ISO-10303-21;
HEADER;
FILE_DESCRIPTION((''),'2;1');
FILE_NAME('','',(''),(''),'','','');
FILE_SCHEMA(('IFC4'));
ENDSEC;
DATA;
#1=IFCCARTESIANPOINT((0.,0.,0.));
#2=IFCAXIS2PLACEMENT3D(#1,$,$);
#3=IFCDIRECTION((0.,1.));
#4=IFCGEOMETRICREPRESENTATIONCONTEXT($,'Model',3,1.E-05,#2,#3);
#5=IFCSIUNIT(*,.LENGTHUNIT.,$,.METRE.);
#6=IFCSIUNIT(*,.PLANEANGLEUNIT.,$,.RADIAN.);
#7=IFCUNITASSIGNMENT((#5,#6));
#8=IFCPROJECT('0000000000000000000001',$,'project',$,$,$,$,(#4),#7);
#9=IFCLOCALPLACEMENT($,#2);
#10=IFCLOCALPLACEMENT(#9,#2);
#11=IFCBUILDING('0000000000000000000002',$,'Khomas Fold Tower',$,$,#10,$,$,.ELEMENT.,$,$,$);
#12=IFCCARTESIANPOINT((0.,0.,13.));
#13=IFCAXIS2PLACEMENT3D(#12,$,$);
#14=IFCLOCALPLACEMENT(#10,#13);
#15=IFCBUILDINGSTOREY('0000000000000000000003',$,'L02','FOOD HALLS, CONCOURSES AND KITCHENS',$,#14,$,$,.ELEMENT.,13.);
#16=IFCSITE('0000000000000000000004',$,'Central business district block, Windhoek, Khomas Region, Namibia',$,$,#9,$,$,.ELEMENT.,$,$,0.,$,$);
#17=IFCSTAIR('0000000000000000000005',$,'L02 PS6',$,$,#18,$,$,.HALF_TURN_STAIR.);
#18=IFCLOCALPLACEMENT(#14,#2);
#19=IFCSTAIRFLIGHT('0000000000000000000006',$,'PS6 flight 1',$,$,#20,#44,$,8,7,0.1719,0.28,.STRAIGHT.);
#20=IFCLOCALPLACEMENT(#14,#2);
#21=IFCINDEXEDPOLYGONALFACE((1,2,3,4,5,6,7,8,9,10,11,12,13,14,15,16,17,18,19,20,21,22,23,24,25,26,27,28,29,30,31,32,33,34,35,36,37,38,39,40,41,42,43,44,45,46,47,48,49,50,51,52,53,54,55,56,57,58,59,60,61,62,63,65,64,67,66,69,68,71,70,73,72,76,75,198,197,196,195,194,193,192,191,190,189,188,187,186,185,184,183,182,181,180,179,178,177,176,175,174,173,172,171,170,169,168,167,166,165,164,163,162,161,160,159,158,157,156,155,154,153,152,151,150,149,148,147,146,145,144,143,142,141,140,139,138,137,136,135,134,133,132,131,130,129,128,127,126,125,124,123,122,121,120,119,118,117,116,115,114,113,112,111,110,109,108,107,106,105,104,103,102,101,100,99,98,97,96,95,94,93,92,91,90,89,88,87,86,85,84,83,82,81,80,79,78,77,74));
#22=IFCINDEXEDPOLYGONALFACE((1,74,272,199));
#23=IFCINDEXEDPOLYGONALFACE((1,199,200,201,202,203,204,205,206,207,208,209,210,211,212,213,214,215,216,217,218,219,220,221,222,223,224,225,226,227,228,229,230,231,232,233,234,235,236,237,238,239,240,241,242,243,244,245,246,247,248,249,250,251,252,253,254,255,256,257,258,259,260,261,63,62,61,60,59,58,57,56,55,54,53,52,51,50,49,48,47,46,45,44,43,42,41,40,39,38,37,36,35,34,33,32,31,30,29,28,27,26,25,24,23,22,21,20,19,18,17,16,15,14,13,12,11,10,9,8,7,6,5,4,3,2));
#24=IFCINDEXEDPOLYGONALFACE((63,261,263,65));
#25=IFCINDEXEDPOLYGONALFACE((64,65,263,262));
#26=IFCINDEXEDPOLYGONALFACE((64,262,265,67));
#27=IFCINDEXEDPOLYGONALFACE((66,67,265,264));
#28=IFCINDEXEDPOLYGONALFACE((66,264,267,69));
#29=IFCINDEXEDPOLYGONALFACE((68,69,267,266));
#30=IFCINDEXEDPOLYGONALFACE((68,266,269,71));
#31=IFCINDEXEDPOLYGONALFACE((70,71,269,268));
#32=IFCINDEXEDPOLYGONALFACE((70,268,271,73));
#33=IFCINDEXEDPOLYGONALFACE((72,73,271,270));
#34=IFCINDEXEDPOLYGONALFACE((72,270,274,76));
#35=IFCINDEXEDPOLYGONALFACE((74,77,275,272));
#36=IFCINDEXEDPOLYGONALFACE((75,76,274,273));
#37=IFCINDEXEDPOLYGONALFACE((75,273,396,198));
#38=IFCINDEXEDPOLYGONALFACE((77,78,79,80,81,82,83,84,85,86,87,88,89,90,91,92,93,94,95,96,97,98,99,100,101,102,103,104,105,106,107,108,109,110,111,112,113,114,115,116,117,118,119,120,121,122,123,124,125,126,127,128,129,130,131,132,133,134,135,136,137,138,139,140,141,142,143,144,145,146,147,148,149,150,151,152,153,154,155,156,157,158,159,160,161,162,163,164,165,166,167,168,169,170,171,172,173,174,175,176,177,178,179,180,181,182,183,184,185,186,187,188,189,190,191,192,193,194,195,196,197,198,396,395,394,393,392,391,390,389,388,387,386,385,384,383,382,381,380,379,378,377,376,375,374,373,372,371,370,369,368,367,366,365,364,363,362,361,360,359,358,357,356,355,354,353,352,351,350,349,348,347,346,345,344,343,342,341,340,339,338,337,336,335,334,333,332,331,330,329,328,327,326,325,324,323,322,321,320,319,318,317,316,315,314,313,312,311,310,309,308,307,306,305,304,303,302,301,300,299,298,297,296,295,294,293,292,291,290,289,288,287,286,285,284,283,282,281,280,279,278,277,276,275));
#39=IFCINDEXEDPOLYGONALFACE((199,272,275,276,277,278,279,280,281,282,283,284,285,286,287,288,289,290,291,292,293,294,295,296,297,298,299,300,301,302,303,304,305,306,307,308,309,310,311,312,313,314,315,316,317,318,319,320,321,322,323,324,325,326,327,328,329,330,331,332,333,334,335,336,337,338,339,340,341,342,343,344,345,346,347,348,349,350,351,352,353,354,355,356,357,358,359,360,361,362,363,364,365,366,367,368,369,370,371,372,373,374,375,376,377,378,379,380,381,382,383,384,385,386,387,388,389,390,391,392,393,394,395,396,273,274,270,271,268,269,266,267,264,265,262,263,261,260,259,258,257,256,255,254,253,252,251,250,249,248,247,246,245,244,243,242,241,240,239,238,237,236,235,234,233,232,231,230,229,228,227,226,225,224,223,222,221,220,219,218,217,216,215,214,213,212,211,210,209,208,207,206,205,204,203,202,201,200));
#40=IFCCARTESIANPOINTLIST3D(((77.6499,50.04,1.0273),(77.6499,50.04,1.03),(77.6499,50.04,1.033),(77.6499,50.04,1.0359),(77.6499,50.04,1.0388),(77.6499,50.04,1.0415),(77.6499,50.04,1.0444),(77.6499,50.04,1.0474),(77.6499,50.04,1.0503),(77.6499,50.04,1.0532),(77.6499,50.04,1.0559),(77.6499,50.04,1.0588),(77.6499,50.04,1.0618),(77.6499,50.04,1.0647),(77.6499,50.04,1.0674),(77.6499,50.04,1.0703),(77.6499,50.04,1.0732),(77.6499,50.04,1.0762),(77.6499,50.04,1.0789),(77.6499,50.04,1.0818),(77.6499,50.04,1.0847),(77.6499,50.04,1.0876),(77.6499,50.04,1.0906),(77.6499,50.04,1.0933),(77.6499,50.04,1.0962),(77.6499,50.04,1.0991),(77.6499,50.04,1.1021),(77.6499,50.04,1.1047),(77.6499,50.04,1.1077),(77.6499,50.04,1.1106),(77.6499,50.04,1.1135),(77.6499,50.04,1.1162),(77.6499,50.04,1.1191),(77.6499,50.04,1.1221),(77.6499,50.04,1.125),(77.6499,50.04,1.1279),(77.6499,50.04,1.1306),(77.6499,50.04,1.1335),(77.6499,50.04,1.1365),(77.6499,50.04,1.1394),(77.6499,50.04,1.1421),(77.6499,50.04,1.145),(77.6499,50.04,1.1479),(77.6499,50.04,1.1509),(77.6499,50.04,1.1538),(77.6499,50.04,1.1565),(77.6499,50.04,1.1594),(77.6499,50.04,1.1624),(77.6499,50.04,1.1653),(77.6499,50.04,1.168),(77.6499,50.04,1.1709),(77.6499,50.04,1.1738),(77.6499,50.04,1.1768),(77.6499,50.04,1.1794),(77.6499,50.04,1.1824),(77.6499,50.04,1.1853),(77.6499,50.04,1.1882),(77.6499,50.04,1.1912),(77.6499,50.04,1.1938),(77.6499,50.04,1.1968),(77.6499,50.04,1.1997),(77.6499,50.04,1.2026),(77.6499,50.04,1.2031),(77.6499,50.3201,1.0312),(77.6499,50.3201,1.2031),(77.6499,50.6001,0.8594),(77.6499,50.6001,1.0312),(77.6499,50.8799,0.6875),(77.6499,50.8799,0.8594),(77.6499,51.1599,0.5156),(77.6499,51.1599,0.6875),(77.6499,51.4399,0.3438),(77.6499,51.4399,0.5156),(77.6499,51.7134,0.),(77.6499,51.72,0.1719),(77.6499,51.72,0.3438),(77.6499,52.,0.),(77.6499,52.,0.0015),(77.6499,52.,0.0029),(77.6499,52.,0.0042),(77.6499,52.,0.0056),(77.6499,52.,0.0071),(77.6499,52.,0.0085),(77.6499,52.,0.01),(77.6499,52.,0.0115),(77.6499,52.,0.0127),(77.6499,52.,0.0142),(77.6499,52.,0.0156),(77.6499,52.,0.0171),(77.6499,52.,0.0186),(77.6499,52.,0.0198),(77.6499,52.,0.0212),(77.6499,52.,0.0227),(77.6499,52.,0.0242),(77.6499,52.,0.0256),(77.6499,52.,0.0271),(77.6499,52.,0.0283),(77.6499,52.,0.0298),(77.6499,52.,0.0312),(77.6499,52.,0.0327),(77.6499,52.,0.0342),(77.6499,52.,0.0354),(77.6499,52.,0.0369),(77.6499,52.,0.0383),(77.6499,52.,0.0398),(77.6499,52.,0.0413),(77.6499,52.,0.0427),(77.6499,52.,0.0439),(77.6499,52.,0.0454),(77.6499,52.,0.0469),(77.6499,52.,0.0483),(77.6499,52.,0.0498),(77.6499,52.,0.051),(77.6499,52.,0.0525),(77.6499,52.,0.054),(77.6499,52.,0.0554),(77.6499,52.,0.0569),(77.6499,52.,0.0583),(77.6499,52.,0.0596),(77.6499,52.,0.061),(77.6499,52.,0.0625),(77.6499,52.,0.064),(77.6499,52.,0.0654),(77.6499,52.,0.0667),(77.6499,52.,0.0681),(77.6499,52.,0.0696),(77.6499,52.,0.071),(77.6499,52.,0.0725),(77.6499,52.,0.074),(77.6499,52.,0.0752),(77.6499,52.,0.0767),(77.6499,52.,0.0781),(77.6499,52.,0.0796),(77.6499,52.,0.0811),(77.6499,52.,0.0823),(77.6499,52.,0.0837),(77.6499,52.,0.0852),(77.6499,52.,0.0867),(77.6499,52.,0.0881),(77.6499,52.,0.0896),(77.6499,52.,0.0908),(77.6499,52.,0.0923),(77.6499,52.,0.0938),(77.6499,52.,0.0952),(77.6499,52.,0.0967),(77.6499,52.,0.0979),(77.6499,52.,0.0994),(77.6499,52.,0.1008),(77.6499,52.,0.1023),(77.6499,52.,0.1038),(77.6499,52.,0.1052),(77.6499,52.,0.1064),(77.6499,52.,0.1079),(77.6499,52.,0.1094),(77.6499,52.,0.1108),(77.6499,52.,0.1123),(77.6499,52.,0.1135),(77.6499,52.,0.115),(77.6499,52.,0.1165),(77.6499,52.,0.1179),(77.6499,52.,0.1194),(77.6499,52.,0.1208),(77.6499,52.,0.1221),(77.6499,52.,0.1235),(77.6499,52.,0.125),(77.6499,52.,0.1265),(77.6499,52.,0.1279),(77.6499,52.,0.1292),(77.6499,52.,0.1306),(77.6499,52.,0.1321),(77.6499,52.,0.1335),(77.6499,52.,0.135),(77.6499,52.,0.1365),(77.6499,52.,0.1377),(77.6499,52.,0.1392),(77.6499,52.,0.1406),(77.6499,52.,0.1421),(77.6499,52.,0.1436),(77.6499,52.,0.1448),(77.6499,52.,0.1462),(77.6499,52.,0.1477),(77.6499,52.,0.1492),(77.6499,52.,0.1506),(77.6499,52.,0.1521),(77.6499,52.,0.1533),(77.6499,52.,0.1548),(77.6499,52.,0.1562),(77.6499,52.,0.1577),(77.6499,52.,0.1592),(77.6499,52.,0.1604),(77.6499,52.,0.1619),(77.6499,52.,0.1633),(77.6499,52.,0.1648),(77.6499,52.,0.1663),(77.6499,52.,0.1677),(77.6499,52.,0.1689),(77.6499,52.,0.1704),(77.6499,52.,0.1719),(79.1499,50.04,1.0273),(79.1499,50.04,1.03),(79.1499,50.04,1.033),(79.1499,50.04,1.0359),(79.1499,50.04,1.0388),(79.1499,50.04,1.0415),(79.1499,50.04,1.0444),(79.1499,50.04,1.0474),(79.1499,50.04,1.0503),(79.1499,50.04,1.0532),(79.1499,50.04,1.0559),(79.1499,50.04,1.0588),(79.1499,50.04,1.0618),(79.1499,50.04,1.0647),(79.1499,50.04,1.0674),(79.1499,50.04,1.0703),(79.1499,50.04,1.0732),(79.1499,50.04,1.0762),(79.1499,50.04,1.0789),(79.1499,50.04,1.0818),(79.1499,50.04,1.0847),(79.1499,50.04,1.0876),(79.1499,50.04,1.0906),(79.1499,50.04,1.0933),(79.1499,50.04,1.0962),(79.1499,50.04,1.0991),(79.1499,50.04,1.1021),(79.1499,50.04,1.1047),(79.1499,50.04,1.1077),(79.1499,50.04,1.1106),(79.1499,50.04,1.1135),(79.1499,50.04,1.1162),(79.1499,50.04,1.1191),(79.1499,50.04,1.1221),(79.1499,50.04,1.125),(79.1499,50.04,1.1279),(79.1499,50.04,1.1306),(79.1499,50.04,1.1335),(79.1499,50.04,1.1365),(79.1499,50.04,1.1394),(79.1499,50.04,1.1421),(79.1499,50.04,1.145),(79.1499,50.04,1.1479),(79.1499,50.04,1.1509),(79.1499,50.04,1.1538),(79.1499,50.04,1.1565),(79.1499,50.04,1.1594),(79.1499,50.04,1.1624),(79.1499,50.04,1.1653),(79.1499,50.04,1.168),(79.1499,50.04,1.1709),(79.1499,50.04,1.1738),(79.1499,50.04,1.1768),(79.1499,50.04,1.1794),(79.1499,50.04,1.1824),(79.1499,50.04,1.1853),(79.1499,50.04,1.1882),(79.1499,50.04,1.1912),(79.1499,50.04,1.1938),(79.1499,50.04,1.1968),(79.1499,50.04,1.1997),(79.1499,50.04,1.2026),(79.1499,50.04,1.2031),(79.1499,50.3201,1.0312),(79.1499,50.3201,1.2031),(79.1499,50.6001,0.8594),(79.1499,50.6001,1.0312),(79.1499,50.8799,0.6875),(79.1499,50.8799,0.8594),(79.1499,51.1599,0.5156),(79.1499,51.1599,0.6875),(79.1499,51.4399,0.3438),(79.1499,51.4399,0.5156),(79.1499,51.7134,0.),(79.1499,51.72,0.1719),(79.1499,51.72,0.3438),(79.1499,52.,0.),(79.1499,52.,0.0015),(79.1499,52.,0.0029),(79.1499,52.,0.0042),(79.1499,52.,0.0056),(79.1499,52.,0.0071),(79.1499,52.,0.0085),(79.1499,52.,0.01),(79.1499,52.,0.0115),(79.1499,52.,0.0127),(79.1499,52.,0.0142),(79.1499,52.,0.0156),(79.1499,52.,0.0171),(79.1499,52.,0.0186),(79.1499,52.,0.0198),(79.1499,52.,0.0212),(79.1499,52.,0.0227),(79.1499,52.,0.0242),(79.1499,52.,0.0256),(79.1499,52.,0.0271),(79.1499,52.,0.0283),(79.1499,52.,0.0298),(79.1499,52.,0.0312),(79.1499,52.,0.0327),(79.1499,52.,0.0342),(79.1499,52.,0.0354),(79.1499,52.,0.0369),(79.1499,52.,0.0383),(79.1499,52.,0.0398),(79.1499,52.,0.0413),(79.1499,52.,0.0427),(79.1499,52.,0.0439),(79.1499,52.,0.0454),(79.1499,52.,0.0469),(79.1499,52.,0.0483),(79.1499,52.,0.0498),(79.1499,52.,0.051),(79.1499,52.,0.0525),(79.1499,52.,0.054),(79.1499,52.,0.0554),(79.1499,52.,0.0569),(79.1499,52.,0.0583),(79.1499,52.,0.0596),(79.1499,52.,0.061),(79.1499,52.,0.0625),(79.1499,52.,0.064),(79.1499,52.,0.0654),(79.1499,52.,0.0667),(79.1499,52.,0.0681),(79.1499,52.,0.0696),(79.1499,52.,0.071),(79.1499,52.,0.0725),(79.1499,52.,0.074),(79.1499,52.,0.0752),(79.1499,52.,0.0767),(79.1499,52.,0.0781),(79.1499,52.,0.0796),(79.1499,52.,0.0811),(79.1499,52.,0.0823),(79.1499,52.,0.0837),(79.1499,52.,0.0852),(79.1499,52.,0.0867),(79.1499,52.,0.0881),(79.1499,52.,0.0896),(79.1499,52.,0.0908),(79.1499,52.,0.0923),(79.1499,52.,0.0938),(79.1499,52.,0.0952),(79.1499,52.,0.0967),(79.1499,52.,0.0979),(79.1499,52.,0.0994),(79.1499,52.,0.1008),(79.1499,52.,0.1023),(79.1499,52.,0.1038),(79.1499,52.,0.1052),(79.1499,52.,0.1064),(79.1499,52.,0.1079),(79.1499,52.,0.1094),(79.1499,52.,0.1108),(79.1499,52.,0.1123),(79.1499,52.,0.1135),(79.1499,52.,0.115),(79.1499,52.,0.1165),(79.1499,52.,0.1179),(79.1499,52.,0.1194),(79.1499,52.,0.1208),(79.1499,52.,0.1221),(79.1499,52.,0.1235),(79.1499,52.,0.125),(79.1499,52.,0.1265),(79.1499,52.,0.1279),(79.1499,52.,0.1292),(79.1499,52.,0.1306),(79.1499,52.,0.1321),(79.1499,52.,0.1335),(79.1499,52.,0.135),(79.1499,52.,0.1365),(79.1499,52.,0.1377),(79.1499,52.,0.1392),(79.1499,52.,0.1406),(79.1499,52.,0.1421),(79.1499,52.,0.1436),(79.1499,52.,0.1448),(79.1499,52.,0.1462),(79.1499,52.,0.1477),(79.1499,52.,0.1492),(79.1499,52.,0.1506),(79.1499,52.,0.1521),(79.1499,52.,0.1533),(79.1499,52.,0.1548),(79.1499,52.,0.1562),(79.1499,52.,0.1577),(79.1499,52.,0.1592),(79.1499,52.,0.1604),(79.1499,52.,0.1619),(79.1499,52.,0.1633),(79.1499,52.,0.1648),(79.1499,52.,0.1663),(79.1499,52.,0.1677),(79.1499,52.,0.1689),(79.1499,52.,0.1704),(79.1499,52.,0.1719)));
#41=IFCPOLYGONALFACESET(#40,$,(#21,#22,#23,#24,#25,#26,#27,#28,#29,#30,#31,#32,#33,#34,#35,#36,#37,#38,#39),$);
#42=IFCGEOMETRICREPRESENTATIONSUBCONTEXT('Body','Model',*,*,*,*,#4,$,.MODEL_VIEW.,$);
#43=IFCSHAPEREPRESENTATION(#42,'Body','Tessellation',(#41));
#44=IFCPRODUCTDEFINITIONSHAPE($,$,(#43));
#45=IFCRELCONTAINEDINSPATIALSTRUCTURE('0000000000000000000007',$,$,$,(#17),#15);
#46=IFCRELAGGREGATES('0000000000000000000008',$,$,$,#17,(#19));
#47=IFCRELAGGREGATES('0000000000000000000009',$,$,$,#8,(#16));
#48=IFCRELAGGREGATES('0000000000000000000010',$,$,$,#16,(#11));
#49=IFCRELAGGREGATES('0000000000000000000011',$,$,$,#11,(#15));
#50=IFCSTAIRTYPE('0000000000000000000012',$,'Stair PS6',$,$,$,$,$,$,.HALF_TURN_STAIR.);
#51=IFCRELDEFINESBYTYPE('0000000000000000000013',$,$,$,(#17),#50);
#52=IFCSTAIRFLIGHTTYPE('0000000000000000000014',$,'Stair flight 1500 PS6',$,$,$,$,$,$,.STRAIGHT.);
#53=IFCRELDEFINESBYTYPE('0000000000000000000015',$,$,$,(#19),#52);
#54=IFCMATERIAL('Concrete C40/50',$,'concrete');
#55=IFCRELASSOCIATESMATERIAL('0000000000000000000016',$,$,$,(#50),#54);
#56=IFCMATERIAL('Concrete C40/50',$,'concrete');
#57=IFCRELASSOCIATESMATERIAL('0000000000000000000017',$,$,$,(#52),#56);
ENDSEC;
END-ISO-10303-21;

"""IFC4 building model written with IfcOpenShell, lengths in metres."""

from ifc_helpers import new_model, si_unit, direction, frame, origin, place, context, subcontext, project, spatial, polyline, outline, extrude, source, transform, mapped, material, type_object, element, aggregate, save


model = new_model("IFC4")

# Units and contexts
model_context = context("Model", 3, precision=1e-05, world=origin(), true_north=direction((0.0, 1.0)))
body_context = subcontext(model_context, "Body", "Model", "MODEL_VIEW")
ifc_project = project(units=[si_unit("LENGTHUNIT", "METRE"), si_unit("PLANEANGLEUNIT", "RADIAN")], contexts=[model_context])

# Site, building, storey
site_placement = place(None, origin())
site = spatial("IfcSite", under=ifc_project, at=site_placement, Name="Central business district block, Windhoek, Khomas Region, Namibia", CompositionType="ELEMENT", RefElevation=0.0)
building_placement = place(site_placement, origin())
building = spatial("IfcBuilding", under=site, at=building_placement, Name="Khomas Fold Tower", CompositionType="ELEMENT")
storey_placement = place(building_placement, frame((0.0, 0.0, 13.0)))
storey = spatial("IfcBuildingStorey", under=building, at=storey_placement, Name="L02", Description="FOOD HALLS, CONCOURSES AND KITCHENS", CompositionType="ELEMENT", Elevation=13.0)

# Stair, stair flight
shared_shape_1 = source(origin(), body_context, "Body", "SweptSolid", [
    extrude(outline(polyline([(0.0, 0.0), (0.0, 0.0015), (0.0, 0.0029), (0.0, 0.0042), (0.0, 0.0056), (0.0, 0.0071), (0.0, 0.0085), (0.0, 0.01), (0.0, 0.0115), (0.0, 0.0127), (0.0, 0.0142), (0.0, 0.0156), (0.0, 0.0171), (0.0, 0.0186), (0.0, 0.0198), (0.0, 0.0212), (0.0, 0.0227), (0.0, 0.0242), (0.0, 0.0256), (0.0, 0.0271), (0.0, 0.0283), (0.0, 0.0298), (0.0, 0.0312), (0.0, 0.0327), (0.0, 0.0342), (0.0, 0.0354), (0.0, 0.0369), (0.0, 0.0383), (0.0, 0.0398), (0.0, 0.0413), (0.0, 0.0427), (0.0, 0.0439), (0.0, 0.0454), (0.0, 0.0469), (0.0, 0.0483), (0.0, 0.0498), (0.0, 0.051), (0.0, 0.0525), (0.0, 0.054), (0.0, 0.0554), (0.0, 0.0569), (0.0, 0.0583), (0.0, 0.0596), (0.0, 0.061), (0.0, 0.0625), (0.0, 0.064), (0.0, 0.0654), (0.0, 0.0667), (0.0, 0.0681), (0.0, 0.0696), (0.0, 0.071), (0.0, 0.0725), (0.0, 0.074), (0.0, 0.0752), (0.0, 0.0767), (0.0, 0.0781), (0.0, 0.0796), (0.0, 0.0811), (0.0, 0.0823), (0.0, 0.0837), (0.0, 0.0852), (0.0, 0.0867), (0.0, 0.0881), (0.0, 0.0896), (0.0, 0.0908), (0.0, 0.0923), (0.0, 0.0938), (0.0, 0.0952), (0.0, 0.0967), (0.0, 0.0979), (0.0, 0.0994), (0.0, 0.1008), (0.0, 0.1023), (0.0, 0.1038), (0.0, 0.1052), (0.0, 0.1064), (0.0, 0.1079), (0.0, 0.1094), (0.0, 0.1108), (0.0, 0.1123), (0.0, 0.1135), (0.0, 0.115), (0.0, 0.1165), (0.0, 0.1179), (0.0, 0.1194), (0.0, 0.1208), (0.0, 0.1221), (0.0, 0.1235), (0.0, 0.125), (0.0, 0.1265), (0.0, 0.1279), (0.0, 0.1292), (0.0, 0.1306), (0.0, 0.1321), (0.0, 0.1335), (0.0, 0.135), (0.0, 0.1365), (0.0, 0.1377), (0.0, 0.1392), (0.0, 0.1406), (0.0, 0.1421), (0.0, 0.1436), (0.0, 0.1448), (0.0, 0.1462), (0.0, 0.1477), (0.0, 0.1492), (0.0, 0.1506), (0.0, 0.1521), (0.0, 0.1533), (0.0, 0.1548), (0.0, 0.1562), (0.0, 0.1577), (0.0, 0.1592), (0.0, 0.1604), (0.0, 0.1619), (0.0, 0.1633), (0.0, 0.1648), (0.0, 0.1663), (0.0, 0.1677), (0.0, 0.1689), (0.0, 0.1704), (0.0, 0.1719), (0.28, 0.1719), (0.28, 0.3438), (0.5601, 0.3438), (0.5601, 0.5156), (0.8401, 0.5156), (0.8401, 0.6875), (1.1201, 0.6875), (1.1201, 0.8594), (1.3999, 0.8594), (1.3999, 1.0312), (1.6799, 1.0312), (1.6799, 1.2031), (1.96, 1.2031), (1.96, 1.375), (1.96, 1.3721), (1.96, 1.3691), (1.96, 1.3665), (1.96, 1.3635), (1.96, 1.3606), (1.96, 1.3577), (1.96, 1.355), (1.96, 1.3521), (1.96, 1.3491), (1.96, 1.3462), (1.96, 1.3435), (1.96, 1.3406), (1.96, 1.3376), (1.96, 1.3347), (1.96, 1.3318), (1.96, 1.3291), (1.96, 1.3262), (1.96, 1.3232), (1.96, 1.3203), (1.96, 1.3176), (1.96, 1.3147), (1.96, 1.3118), (1.96, 1.3088), (1.96, 1.3059), (1.96, 1.3032), (1.96, 1.3003), (1.96, 1.2974), (1.96, 1.2944), (1.96, 1.2917), (1.96, 1.2888), (1.96, 1.2859), (1.96, 1.283), (1.96, 1.2803), (1.96, 1.2773), (1.96, 1.2744), (1.96, 1.2715), (1.96, 1.2686), (1.96, 1.2659), (1.96, 1.2629), (1.96, 1.26), (1.96, 1.2571), (1.96, 1.2544), (1.96, 1.2515), (1.96, 1.2485), (1.96, 1.2456), (1.96, 1.2427), (1.96, 1.24), (1.96, 1.2371), (1.96, 1.2341), (1.96, 1.2312), (1.96, 1.2285), (1.96, 1.2256), (1.96, 1.2227), (1.96, 1.2197), (1.96, 1.217), (1.96, 1.2141), (1.96, 1.2112), (1.96, 1.2083), (1.96, 1.2053), (1.96, 1.2026), (1.96, 1.1997), (1.96, 1.1968), (1.96, 1.1938), (1.96, 1.1912), (1.96, 1.1882), (1.96, 1.1853), (1.96, 1.1824), (1.96, 1.1794), (1.96, 1.1768), (1.96, 1.1738), (1.96, 1.1709), (1.96, 1.168), (1.96, 1.1653), (1.96, 1.1624), (1.96, 1.1594), (1.96, 1.1565), (1.96, 1.1538), (1.96, 1.1509), (1.96, 1.1479), (1.96, 1.145), (1.96, 1.1421), (1.96, 1.1394), (1.96, 1.1365), (1.96, 1.1335), (1.96, 1.1306), (1.96, 1.1279), (1.96, 1.125), (1.96, 1.1221), (1.96, 1.1191), (1.96, 1.1162), (1.96, 1.1135), (1.96, 1.1106), (1.96, 1.1077), (1.96, 1.1047), (1.96, 1.1021), (1.96, 1.0991), (1.96, 1.0962), (1.96, 1.0933), (1.96, 1.0906), (1.96, 1.0876), (1.96, 1.0847), (1.96, 1.0818), (1.96, 1.0789), (1.96, 1.0762), (1.96, 1.0732), (1.96, 1.0703), (1.96, 1.0674), (1.96, 1.0647), (1.96, 1.0618), (1.96, 1.0588), (1.96, 1.0559), (1.96, 1.0532), (1.96, 1.0503), (1.96, 1.0474), (1.96, 1.0444), (1.96, 1.0415), (1.96, 1.0388), (1.96, 1.0359), (1.96, 1.033), (1.96, 1.03), (1.96, 1.0273), (0.2866, 0.0), (0.0, 0.0)])), frame((0.0, 0.75, 0.0), z_axis=(0.0, -1.0, 0.0), x_axis=(1.0, 0.0, 0.0)), (0.0, 0.0, 1.0), 1.5),
])
ifc_material_1 = material(Name="Concrete C40/50", Category="concrete")
stair_type_1 = type_object("IfcStairType", Name="Stair PS6", PredefinedType="HALF_TURN_STAIR", material=ifc_material_1)
stair_1_placement = place(storey_placement, origin())
stair_1 = element("IfcStair", 1, at=stair_1_placement, inside=storey, type_object=stair_type_1, Name="L02 PS6", PredefinedType="HALF_TURN_STAIR")
ifc_material_2 = material(Name="Concrete C40/50", Category="concrete")
stair_flight_type_1 = type_object("IfcStairFlightType", Name="Stair flight 1500 PS6", PredefinedType="STRAIGHT", material=ifc_material_2)
stair_flight_1_placement = place(storey_placement, frame((78.3999, 52.0, 0.0), z_axis=(0.0, 0.0, 1.0), x_axis=(0.0, -1.0, 0.0)))
stair_flight_1 = element("IfcStairFlight", 2, at=stair_flight_1_placement, type_object=stair_flight_type_1, Name="PS6 flight 1", NumberOfRisers=8, NumberOfTreads=7, PredefinedType="STRAIGHT", RiserHeight=0.1719, TreadLength=0.28, context=body_context, shape_type="MappedRepresentation", body=[
    mapped(shared_shape_1, transform((0.0, 0.0, 0.0))),
])
aggregate(stair_1, [stair_flight_1])

save(model, "model.ifc")
